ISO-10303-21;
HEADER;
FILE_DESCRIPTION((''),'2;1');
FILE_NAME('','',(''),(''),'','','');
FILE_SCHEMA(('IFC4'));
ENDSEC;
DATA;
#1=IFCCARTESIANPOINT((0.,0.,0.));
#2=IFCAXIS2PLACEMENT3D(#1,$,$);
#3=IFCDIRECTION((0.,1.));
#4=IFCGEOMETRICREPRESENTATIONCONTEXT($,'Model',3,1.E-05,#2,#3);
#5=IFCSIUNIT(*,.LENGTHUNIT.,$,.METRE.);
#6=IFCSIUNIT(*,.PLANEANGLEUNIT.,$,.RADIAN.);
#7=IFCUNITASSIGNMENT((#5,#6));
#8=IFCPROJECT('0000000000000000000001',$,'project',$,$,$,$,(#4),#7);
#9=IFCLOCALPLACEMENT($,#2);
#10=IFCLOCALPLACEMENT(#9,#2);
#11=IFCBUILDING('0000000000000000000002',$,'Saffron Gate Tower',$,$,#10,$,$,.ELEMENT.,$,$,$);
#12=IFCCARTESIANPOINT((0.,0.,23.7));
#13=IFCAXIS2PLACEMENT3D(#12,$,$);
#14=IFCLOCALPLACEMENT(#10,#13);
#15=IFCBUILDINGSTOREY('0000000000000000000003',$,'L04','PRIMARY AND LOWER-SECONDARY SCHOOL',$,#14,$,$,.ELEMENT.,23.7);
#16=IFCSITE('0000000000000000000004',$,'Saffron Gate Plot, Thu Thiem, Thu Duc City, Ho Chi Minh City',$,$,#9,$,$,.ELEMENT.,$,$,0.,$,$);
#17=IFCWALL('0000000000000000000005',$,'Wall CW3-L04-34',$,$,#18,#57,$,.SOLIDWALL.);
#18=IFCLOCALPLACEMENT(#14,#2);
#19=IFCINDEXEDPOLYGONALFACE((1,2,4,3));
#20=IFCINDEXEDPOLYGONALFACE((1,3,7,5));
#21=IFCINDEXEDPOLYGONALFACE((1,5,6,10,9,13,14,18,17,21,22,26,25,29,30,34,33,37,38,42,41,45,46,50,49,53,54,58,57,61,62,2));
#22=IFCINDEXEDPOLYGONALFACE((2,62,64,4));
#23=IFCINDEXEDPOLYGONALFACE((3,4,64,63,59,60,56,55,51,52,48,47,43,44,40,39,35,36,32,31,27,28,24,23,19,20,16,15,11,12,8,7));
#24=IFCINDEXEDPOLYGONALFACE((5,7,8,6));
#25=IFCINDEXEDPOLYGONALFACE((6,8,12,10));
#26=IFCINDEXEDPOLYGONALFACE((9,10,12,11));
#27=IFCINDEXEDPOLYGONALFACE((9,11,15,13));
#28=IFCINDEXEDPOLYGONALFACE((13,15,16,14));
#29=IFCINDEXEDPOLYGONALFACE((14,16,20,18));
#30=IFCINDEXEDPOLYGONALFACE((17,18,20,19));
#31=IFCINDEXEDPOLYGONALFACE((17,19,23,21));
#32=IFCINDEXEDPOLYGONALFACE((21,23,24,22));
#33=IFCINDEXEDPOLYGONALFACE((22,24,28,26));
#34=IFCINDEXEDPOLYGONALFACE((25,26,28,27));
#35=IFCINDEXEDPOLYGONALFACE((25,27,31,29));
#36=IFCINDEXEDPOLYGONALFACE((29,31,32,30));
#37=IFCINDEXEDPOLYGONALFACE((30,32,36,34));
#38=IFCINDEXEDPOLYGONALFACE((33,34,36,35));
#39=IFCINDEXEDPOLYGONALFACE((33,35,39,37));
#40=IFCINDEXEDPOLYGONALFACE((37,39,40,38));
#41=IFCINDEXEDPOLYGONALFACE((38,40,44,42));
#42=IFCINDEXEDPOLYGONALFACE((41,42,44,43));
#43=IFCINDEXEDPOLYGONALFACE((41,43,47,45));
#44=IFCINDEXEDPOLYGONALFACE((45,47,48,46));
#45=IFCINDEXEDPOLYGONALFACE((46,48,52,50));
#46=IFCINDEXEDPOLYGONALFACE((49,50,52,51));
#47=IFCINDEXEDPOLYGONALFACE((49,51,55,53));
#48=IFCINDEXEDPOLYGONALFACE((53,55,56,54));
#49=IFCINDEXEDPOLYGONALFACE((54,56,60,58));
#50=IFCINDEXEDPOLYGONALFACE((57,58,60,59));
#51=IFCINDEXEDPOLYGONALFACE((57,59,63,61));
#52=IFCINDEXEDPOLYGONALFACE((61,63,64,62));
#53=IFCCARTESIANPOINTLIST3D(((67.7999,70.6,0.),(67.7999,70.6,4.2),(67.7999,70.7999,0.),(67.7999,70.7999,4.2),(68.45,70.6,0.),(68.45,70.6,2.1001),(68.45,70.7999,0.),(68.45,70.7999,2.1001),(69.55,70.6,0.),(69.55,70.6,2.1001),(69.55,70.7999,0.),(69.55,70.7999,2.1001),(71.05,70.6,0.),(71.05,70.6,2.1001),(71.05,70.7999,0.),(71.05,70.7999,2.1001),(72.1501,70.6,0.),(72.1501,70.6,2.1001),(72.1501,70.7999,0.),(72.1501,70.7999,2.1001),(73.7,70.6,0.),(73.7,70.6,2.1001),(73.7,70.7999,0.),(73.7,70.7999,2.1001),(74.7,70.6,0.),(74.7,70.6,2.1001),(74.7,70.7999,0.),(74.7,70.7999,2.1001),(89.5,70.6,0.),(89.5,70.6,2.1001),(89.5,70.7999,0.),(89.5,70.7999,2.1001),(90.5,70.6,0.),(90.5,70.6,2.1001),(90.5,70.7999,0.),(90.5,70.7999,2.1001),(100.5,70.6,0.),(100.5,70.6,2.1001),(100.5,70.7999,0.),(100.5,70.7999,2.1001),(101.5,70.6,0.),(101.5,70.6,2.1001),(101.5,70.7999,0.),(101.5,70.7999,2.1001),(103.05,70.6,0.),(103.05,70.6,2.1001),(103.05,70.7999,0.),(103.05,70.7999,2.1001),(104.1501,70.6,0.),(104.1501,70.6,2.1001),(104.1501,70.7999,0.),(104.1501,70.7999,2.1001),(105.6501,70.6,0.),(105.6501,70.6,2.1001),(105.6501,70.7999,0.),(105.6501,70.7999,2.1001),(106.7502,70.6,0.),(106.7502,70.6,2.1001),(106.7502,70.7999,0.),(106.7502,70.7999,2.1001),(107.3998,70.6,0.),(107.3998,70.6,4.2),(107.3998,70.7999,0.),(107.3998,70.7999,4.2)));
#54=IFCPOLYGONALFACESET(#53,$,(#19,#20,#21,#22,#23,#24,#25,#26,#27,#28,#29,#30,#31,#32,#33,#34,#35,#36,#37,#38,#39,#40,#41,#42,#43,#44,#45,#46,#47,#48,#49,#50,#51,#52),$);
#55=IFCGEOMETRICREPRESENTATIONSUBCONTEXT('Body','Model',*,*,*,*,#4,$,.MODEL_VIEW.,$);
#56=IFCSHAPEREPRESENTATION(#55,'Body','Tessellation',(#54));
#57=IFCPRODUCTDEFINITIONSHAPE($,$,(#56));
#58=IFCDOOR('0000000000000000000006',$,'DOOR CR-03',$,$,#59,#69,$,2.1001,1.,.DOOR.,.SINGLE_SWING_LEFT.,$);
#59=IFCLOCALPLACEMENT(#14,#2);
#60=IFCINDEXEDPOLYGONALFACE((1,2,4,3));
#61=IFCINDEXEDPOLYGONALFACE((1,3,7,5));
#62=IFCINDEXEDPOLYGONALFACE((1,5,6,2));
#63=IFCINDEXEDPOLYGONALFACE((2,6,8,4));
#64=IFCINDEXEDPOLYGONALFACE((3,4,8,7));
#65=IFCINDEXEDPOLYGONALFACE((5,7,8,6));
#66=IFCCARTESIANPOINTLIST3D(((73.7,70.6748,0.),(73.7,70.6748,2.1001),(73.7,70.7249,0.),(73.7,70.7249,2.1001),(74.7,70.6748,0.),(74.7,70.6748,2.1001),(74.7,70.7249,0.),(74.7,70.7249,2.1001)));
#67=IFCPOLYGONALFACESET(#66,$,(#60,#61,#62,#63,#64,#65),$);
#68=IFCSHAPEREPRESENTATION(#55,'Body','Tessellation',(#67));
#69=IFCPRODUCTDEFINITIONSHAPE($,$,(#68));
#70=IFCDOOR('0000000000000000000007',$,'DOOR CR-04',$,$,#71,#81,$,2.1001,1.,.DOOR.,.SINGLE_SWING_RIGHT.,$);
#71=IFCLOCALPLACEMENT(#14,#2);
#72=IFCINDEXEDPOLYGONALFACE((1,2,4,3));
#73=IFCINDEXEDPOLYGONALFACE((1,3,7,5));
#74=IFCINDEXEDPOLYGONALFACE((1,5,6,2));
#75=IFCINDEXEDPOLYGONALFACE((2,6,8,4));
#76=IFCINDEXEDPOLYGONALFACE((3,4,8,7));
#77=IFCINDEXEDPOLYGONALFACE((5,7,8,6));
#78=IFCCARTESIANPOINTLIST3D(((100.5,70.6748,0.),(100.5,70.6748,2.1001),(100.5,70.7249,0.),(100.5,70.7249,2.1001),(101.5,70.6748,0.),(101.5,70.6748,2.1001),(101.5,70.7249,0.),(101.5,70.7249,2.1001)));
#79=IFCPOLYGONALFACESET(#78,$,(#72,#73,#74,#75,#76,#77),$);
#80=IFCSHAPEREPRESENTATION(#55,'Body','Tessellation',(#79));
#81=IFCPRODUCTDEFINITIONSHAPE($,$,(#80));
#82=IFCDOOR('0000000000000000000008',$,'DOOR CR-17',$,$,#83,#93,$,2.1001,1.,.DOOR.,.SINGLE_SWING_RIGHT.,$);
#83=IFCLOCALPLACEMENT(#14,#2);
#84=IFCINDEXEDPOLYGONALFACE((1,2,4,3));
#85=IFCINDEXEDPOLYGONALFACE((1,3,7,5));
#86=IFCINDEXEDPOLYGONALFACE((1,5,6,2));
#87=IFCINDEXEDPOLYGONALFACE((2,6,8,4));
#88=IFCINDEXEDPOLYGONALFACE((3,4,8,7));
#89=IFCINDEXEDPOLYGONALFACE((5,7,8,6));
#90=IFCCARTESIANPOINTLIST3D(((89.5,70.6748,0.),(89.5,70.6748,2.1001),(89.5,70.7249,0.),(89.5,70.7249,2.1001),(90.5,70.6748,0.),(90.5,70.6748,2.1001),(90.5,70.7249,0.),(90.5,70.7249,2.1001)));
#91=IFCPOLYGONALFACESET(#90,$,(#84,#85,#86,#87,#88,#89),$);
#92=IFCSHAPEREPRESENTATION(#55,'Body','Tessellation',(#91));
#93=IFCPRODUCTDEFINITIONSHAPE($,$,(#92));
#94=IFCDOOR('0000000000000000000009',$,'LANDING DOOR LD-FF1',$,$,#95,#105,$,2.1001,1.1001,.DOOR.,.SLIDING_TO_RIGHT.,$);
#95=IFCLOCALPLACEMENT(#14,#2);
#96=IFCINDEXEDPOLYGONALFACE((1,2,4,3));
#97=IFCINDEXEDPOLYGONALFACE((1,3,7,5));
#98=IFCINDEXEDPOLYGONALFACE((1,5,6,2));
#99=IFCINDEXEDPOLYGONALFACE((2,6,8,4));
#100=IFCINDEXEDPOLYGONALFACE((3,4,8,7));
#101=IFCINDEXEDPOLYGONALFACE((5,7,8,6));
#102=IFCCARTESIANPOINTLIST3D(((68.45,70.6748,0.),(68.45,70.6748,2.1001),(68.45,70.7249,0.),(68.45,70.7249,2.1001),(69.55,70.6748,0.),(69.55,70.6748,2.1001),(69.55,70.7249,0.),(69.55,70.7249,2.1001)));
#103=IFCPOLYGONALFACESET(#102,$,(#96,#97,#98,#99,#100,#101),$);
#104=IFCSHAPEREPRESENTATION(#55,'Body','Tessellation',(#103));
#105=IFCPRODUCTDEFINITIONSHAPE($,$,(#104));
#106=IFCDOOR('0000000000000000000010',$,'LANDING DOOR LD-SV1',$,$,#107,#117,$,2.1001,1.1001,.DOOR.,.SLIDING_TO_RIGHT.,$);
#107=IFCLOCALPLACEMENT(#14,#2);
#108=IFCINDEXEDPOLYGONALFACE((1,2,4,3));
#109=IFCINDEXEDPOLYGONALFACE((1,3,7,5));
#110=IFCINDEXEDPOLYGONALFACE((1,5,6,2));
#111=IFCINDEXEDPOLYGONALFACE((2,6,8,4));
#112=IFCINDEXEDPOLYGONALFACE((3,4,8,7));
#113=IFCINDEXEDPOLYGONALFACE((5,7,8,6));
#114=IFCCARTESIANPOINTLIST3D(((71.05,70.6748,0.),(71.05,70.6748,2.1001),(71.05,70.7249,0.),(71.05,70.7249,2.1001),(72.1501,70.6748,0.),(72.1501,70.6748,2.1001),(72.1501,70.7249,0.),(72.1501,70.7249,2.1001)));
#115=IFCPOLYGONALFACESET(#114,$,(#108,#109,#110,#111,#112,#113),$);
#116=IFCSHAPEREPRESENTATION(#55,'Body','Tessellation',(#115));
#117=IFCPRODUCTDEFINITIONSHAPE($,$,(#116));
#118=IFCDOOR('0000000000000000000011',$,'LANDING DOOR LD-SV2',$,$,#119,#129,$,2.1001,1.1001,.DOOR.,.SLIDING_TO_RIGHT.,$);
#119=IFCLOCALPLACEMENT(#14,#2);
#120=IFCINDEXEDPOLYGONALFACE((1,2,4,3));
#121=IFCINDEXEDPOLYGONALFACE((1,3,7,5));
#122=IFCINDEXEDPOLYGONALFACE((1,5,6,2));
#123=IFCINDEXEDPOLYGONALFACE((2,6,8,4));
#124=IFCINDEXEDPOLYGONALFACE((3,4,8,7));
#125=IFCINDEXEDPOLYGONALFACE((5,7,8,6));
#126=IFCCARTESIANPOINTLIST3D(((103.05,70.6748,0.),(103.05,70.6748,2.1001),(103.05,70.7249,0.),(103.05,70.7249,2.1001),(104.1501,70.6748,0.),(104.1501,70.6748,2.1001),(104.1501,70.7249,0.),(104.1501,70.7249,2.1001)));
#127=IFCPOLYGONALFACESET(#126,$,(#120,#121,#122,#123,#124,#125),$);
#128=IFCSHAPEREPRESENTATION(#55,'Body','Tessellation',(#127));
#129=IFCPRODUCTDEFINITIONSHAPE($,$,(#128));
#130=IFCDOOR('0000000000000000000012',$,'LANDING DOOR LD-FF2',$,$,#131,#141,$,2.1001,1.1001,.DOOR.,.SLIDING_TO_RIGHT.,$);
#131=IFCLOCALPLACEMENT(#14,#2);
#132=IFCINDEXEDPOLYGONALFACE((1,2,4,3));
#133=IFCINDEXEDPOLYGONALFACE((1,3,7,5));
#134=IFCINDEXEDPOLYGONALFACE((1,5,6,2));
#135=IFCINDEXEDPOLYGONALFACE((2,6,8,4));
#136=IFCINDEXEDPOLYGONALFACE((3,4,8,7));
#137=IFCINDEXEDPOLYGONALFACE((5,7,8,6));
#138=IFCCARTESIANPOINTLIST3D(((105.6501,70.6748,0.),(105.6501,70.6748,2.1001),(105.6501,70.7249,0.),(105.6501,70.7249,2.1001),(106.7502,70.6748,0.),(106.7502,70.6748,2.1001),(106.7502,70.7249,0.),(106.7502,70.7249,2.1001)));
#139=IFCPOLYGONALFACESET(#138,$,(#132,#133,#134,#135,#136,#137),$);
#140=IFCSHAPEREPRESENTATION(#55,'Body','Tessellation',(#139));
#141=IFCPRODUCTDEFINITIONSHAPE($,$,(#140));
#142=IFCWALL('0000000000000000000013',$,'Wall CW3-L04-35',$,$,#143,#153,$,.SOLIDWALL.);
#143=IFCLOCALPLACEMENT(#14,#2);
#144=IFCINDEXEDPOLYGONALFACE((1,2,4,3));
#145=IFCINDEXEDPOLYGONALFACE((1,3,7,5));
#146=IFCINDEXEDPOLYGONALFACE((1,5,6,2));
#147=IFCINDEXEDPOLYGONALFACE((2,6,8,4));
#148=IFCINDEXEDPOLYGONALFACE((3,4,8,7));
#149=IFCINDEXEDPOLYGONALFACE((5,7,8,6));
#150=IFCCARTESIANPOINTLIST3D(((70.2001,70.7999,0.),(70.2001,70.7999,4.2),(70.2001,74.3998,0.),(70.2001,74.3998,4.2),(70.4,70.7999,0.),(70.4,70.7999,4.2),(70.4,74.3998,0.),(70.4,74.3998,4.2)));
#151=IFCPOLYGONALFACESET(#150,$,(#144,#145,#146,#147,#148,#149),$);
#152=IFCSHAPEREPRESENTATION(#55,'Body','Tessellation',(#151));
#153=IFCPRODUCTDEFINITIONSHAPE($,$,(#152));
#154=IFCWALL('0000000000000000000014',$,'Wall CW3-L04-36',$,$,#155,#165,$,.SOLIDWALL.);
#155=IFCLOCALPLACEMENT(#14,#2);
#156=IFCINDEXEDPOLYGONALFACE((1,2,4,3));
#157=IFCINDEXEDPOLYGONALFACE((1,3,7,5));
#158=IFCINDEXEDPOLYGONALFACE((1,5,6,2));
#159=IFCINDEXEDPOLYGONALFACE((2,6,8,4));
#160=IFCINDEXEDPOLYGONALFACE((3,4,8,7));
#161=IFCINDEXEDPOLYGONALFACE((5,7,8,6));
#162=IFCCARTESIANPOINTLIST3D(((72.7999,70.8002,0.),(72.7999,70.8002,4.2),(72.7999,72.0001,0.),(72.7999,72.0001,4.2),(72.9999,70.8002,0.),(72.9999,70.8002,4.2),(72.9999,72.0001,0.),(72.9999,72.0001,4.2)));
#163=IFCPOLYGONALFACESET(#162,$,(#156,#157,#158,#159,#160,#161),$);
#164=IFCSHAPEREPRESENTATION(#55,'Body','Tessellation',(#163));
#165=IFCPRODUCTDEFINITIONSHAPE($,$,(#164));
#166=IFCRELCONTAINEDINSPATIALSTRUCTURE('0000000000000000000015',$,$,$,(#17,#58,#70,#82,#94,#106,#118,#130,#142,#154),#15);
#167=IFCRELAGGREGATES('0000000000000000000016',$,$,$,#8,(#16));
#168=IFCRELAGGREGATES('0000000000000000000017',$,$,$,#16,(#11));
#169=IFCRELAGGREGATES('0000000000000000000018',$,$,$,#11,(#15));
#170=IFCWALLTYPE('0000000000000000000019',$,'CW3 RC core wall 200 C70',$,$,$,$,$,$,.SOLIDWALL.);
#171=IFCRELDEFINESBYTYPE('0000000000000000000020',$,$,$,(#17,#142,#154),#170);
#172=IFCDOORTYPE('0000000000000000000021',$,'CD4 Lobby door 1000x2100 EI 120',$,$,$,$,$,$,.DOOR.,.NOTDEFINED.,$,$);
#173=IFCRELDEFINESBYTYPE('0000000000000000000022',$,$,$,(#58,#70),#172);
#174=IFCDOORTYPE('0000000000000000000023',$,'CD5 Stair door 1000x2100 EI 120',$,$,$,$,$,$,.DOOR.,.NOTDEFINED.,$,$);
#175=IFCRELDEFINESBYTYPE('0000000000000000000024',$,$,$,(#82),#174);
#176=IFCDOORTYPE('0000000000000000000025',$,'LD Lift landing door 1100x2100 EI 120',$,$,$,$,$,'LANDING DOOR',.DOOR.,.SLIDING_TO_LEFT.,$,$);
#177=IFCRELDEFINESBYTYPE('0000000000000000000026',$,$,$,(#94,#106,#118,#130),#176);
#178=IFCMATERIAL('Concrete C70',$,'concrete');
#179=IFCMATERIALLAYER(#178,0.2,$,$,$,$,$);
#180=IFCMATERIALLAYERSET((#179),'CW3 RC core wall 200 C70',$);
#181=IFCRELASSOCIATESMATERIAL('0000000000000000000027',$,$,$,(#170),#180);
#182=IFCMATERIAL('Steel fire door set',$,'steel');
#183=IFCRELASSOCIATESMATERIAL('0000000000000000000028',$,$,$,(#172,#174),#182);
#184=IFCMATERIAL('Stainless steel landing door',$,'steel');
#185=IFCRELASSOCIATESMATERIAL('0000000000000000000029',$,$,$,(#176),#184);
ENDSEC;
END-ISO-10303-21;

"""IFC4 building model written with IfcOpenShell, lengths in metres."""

from ifc_helpers import new_model, si_unit, direction, frame, frame_2d, origin, place, context, subcontext, project, spatial, rectangle, extrude, material, layer, layer_set, type_object, element, fill, save


model = new_model("IFC4")

# Units and contexts
model_context = context("Model", 3, precision=1e-05, world=origin(), true_north=direction((0.0, 1.0)))
body_context = subcontext(model_context, "Body", "Model", "MODEL_VIEW")
ifc_project = project(units=[si_unit("LENGTHUNIT", "METRE"), si_unit("PLANEANGLEUNIT", "RADIAN")], contexts=[model_context])

# Site, building, storey
site_placement = place(None, origin())
site = spatial("IfcSite", under=ifc_project, at=site_placement, Name="Saffron Gate Plot, Thu Thiem, Thu Duc City, Ho Chi Minh City", CompositionType="ELEMENT", RefElevation=0.0)
building_placement = place(site_placement, origin())
building = spatial("IfcBuilding", under=site, at=building_placement, Name="Saffron Gate Tower", CompositionType="ELEMENT")
storey_placement = place(building_placement, frame((0.0, 0.0, 23.7)))
storey = spatial("IfcBuildingStorey", under=building, at=storey_placement, Name="L04", Description="PRIMARY AND LOWER-SECONDARY SCHOOL", CompositionType="ELEMENT", Elevation=23.7)

# Shared definitions
ifc_material_1 = material(Name="Concrete C70", Category="concrete")

# Wall, openings, doors
ifc_layer_1 = layer(ifc_material_1, 0.2)
ifc_layer_set_1 = layer_set([ifc_layer_1], Name="CW3 RC core wall 200 C70")
wall_type_1 = type_object("IfcWallType", Name="CW3 RC core wall 200 C70", PredefinedType="SOLIDWALL", material=ifc_layer_set_1)
wall_1_placement = place(storey_placement, frame((67.8, 70.7, 0.0), z_axis=(0.0, 0.0, 1.0), x_axis=(1.0, 0.0, 0.0)))
wall_1 = element("IfcWall", 1, at=wall_1_placement, inside=storey, type_object=wall_type_1, Name="Wall CW3-L04-34", PredefinedType="SOLIDWALL", context=body_context, shape_type="SweptSolid", body=[
    extrude(rectangle(XDim=39.5999, YDim=0.2, at=frame_2d((19.7998, 0.0))), origin(), (0.0, 0.0, 1.0), 4.2),
])
opening_1_placement = place(wall_1_placement, frame((0.6499, 0.0, 0.0)))
opening_1 = element("IfcOpeningElement", 2, at=opening_1_placement, cuts=wall_1, PredefinedType="OPENING", context=body_context, shape_type="SweptSolid", body=[
    extrude(rectangle(XDim=1.1001, YDim=2.1001, at=frame_2d((0.55, 1.05))), frame((0.0, 0.1099, 0.0), z_axis=(0.0, -1.0, 0.0), x_axis=(1.0, 0.0, 0.0)), (0.0, 0.0, 1.0), 0.22),
])
opening_2_placement = place(wall_1_placement, frame((3.25, 0.0, 0.0)))
opening_2 = element("IfcOpeningElement", 3, at=opening_2_placement, cuts=wall_1, PredefinedType="OPENING", context=body_context, shape_type="SweptSolid", body=[
    extrude(rectangle(XDim=1.1001, YDim=2.1001, at=frame_2d((0.55, 1.05))), frame((0.0, 0.1099, 0.0), z_axis=(0.0, -1.0, 0.0), x_axis=(1.0, 0.0, 0.0)), (0.0, 0.0, 1.0), 0.22),
])
opening_3_placement = place(wall_1_placement, frame((5.8999, 0.0, 0.0)))
opening_3 = element("IfcOpeningElement", 4, at=opening_3_placement, cuts=wall_1, PredefinedType="OPENING", context=body_context, shape_type="SweptSolid", body=[
    extrude(rectangle(XDim=1.0, YDim=2.1001, at=frame_2d((0.5, 1.05))), frame((0.0, 0.1099, 0.0), z_axis=(0.0, -1.0, 0.0), x_axis=(1.0, 0.0, 0.0)), (0.0, 0.0, 1.0), 0.22),
])
opening_4_placement = place(wall_1_placement, frame((21.7, 0.0, 0.0)))
opening_4 = element("IfcOpeningElement", 5, at=opening_4_placement, cuts=wall_1, PredefinedType="OPENING", context=body_context, shape_type="SweptSolid", body=[
    extrude(rectangle(XDim=1.0, YDim=2.1001, at=frame_2d((0.5, 1.05))), frame((0.0, 0.1099, 0.0), z_axis=(0.0, -1.0, 0.0), x_axis=(1.0, 0.0, 0.0)), (0.0, 0.0, 1.0), 0.22),
])
opening_5_placement = place(wall_1_placement, frame((32.7, 0.0, 0.0)))
opening_5 = element("IfcOpeningElement", 6, at=opening_5_placement, cuts=wall_1, PredefinedType="OPENING", context=body_context, shape_type="SweptSolid", body=[
    extrude(rectangle(XDim=1.0, YDim=2.1001, at=frame_2d((0.5, 1.05))), frame((0.0, 0.1099, 0.0), z_axis=(0.0, -1.0, 0.0), x_axis=(1.0, 0.0, 0.0)), (0.0, 0.0, 1.0), 0.22),
])
opening_6_placement = place(wall_1_placement, frame((35.25, 0.0, 0.0)))
opening_6 = element("IfcOpeningElement", 7, at=opening_6_placement, cuts=wall_1, PredefinedType="OPENING", context=body_context, shape_type="SweptSolid", body=[
    extrude(rectangle(XDim=1.1001, YDim=2.1001, at=frame_2d((0.55, 1.05))), frame((0.0, 0.1099, 0.0), z_axis=(0.0, -1.0, 0.0), x_axis=(1.0, 0.0, 0.0)), (0.0, 0.0, 1.0), 0.22),
])
opening_7_placement = place(wall_1_placement, frame((37.8501, 0.0, 0.0)))
opening_7 = element("IfcOpeningElement", 8, at=opening_7_placement, cuts=wall_1, PredefinedType="OPENING", context=body_context, shape_type="SweptSolid", body=[
    extrude(rectangle(XDim=1.1001, YDim=2.1001, at=frame_2d((0.55, 1.05))), frame((0.0, 0.1099, 0.0), z_axis=(0.0, -1.0, 0.0), x_axis=(1.0, 0.0, 0.0)), (0.0, 0.0, 1.0), 0.22),
])
ifc_material_2 = material(Name="Steel fire door set", Category="steel")
door_type_1 = type_object("IfcDoorType", Name="CD4 Lobby door 1000x2100 EI 120", OperationType="NOTDEFINED", PredefinedType="DOOR", material=ifc_material_2)
door_1_placement = place(opening_3_placement, origin())
door_1 = element("IfcDoor", 9, at=door_1_placement, inside=storey, type_object=door_type_1, Name="DOOR CR-03", OperationType="SINGLE_SWING_LEFT", OverallHeight=2.1001, OverallWidth=1.0, PredefinedType="DOOR", context=body_context, shape_type="SweptSolid", body=[
    extrude(rectangle(XDim=1.0, YDim=2.1001, at=frame_2d((0.5, 1.05))), frame((0.0, 0.0249, 0.0), z_axis=(0.0, -1.0, 0.0), x_axis=(1.0, 0.0, 0.0)), (0.0, 0.0, 1.0), 0.05),
])
fill(opening_3, door_1)
door_2_placement = place(opening_5_placement, origin())
door_2 = element("IfcDoor", 10, at=door_2_placement, inside=storey, type_object=door_type_1, Name="DOOR CR-04", OperationType="SINGLE_SWING_RIGHT", OverallHeight=2.1001, OverallWidth=1.0, PredefinedType="DOOR", context=body_context, shape_type="SweptSolid", body=[
    extrude(rectangle(XDim=1.0, YDim=2.1001, at=frame_2d((0.5, 1.05))), frame((0.0, 0.0249, 0.0), z_axis=(0.0, -1.0, 0.0), x_axis=(1.0, 0.0, 0.0)), (0.0, 0.0, 1.0), 0.05),
])
fill(opening_5, door_2)
door_type_2 = type_object("IfcDoorType", Name="CD5 Stair door 1000x2100 EI 120", OperationType="NOTDEFINED", PredefinedType="DOOR", material=ifc_material_2)
door_3_placement = place(opening_4_placement, origin())
door_3 = element("IfcDoor", 11, at=door_3_placement, inside=storey, type_object=door_type_2, Name="DOOR CR-17", OperationType="SINGLE_SWING_RIGHT", OverallHeight=2.1001, OverallWidth=1.0, PredefinedType="DOOR", context=body_context, shape_type="SweptSolid", body=[
    extrude(rectangle(XDim=1.0, YDim=2.1001, at=frame_2d((0.5, 1.05))), frame((0.0, 0.0249, 0.0), z_axis=(0.0, -1.0, 0.0), x_axis=(1.0, 0.0, 0.0)), (0.0, 0.0, 1.0), 0.05),
])
fill(opening_4, door_3)
ifc_material_3 = material(Name="Stainless steel landing door", Category="steel")
door_type_3 = type_object("IfcDoorType", Name="LD Lift landing door 1100x2100 EI 120", ElementType="LANDING DOOR", OperationType="SLIDING_TO_LEFT", PredefinedType="DOOR", material=ifc_material_3)
door_4_placement = place(opening_1_placement, origin())
door_4 = element("IfcDoor", 12, at=door_4_placement, inside=storey, type_object=door_type_3, Name="LANDING DOOR LD-FF1", OperationType="SLIDING_TO_RIGHT", OverallHeight=2.1001, OverallWidth=1.1001, PredefinedType="DOOR", context=body_context, shape_type="SweptSolid", body=[
    extrude(rectangle(XDim=1.1001, YDim=2.1001, at=frame_2d((0.55, 1.05))), frame((0.0, 0.0249, 0.0), z_axis=(0.0, -1.0, 0.0), x_axis=(1.0, 0.0, 0.0)), (0.0, 0.0, 1.0), 0.05),
])
fill(opening_1, door_4)
door_5_placement = place(opening_2_placement, origin())
door_5 = element("IfcDoor", 13, at=door_5_placement, inside=storey, type_object=door_type_3, Name="LANDING DOOR LD-SV1", OperationType="SLIDING_TO_RIGHT", OverallHeight=2.1001, OverallWidth=1.1001, PredefinedType="DOOR", context=body_context, shape_type="SweptSolid", body=[
    extrude(rectangle(XDim=1.1001, YDim=2.1001, at=frame_2d((0.55, 1.05))), frame((0.0, 0.0249, 0.0), z_axis=(0.0, -1.0, 0.0), x_axis=(1.0, 0.0, 0.0)), (0.0, 0.0, 1.0), 0.05),
])
fill(opening_2, door_5)
door_6_placement = place(opening_6_placement, origin())
door_6 = element("IfcDoor", 14, at=door_6_placement, inside=storey, type_object=door_type_3, Name="LANDING DOOR LD-SV2", OperationType="SLIDING_TO_RIGHT", OverallHeight=2.1001, OverallWidth=1.1001, PredefinedType="DOOR", context=body_context, shape_type="SweptSolid", body=[
    extrude(rectangle(XDim=1.1001, YDim=2.1001, at=frame_2d((0.55, 1.05))), frame((0.0, 0.0249, 0.0), z_axis=(0.0, -1.0, 0.0), x_axis=(1.0, 0.0, 0.0)), (0.0, 0.0, 1.0), 0.05),
])
fill(opening_6, door_6)
door_7_placement = place(opening_7_placement, origin())
door_7 = element("IfcDoor", 15, at=door_7_placement, inside=storey, type_object=door_type_3, Name="LANDING DOOR LD-FF2", OperationType="SLIDING_TO_RIGHT", OverallHeight=2.1001, OverallWidth=1.1001, PredefinedType="DOOR", context=body_context, shape_type="SweptSolid", body=[
    extrude(rectangle(XDim=1.1001, YDim=2.1001, at=frame_2d((0.55, 1.05))), frame((0.0, 0.0249, 0.0), z_axis=(0.0, -1.0, 0.0), x_axis=(1.0, 0.0, 0.0)), (0.0, 0.0, 1.0), 0.05),
])
fill(opening_7, door_7)

# Walls
wall_2_placement = place(storey_placement, frame((70.3, 70.8, 0.0), z_axis=(0.0, 0.0, 1.0), x_axis=(0.0, 1.0, 0.0)))
element("IfcWall", 16, at=wall_2_placement, inside=storey, type_object=wall_type_1, Name="Wall CW3-L04-35", PredefinedType="SOLIDWALL", context=body_context, shape_type="SweptSolid", body=[
    extrude(rectangle(XDim=3.5999, YDim=0.2, at=frame_2d((1.7998, 0.0))), origin(), (0.0, 0.0, 1.0), 4.2),
])
wall_3_placement = place(storey_placement, frame((72.8999, 70.8, 0.0), z_axis=(0.0, 0.0, 1.0), x_axis=(0.0, 1.0, 0.0)))
element("IfcWall", 17, at=wall_3_placement, inside=storey, type_object=wall_type_1, Name="Wall CW3-L04-36", PredefinedType="SOLIDWALL", context=body_context, shape_type="SweptSolid", body=[
    extrude(rectangle(XDim=1.2, YDim=0.2, at=frame_2d((0.6001, 0.0))), origin(), (0.0, 0.0, 1.0), 4.2),
])

save(model, "model.ifc")
